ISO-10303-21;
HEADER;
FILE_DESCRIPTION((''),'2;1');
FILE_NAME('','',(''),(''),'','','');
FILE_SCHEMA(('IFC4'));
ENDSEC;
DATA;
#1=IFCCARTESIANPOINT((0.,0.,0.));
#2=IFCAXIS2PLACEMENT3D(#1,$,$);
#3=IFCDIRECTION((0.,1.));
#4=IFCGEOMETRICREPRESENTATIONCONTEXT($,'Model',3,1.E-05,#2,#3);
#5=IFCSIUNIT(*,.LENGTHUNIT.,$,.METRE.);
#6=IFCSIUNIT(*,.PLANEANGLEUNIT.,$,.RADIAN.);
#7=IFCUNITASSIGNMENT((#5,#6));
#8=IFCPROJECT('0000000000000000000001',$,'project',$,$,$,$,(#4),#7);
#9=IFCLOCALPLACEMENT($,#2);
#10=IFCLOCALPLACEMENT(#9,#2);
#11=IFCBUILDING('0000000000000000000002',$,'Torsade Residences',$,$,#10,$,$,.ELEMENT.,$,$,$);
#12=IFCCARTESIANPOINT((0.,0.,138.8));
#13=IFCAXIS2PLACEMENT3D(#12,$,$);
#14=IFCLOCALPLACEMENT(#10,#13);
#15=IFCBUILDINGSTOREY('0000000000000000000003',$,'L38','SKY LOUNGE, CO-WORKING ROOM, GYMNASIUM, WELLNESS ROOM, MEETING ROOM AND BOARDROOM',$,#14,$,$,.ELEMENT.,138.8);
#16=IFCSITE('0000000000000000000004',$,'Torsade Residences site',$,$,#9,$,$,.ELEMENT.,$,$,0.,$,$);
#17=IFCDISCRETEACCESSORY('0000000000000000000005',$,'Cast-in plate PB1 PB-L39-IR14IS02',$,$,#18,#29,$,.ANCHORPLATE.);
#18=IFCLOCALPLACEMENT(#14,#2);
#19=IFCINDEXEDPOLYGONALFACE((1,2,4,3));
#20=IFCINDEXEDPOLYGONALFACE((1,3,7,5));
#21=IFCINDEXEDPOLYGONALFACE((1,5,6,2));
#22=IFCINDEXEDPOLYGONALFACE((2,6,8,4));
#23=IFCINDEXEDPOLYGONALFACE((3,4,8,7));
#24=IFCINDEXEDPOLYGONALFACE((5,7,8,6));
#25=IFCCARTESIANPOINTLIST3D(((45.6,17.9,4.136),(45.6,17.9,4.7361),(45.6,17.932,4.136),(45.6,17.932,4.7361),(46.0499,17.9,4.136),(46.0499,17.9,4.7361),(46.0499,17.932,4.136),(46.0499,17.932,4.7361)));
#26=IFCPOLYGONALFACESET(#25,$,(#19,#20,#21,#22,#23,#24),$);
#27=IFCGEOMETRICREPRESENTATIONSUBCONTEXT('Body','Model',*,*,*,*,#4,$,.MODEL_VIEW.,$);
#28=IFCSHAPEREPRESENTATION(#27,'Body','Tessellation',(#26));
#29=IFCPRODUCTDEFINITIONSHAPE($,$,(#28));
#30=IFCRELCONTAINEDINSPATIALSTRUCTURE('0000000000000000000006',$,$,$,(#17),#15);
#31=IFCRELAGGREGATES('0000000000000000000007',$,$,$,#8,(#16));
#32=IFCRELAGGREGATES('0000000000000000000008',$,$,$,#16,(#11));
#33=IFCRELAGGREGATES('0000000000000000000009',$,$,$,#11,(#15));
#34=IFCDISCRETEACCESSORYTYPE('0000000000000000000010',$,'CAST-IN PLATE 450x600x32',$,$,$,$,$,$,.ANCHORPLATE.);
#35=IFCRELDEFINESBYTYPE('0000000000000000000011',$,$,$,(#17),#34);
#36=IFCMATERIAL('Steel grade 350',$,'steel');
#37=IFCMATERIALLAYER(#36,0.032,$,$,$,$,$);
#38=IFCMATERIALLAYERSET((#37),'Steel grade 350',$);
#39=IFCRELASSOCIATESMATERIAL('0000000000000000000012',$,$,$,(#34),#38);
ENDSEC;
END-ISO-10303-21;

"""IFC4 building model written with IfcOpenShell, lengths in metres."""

from ifc_helpers import new_model, si_unit, direction, frame, origin, origin_2d, place, context, subcontext, project, spatial, rectangle, extrude, material, layer, layer_set, type_object, element, save


model = new_model("IFC4")

# Units and contexts
model_context = context("Model", 3, precision=1e-05, world=origin(), true_north=direction((0.0, 1.0)))
body_context = subcontext(model_context, "Body", "Model", "MODEL_VIEW")
ifc_project = project(units=[si_unit("LENGTHUNIT", "METRE"), si_unit("PLANEANGLEUNIT", "RADIAN")], contexts=[model_context])

# Site, building, storey
site_placement = place(None, origin())
site = spatial("IfcSite", under=ifc_project, at=site_placement, Name="Torsade Residences site", CompositionType="ELEMENT", RefElevation=0.0)
building_placement = place(site_placement, origin())
building = spatial("IfcBuilding", under=site, at=building_placement, Name="Torsade Residences", CompositionType="ELEMENT")
storey_placement = place(building_placement, frame((0.0, 0.0, 138.8)))
storey = spatial("IfcBuildingStorey", under=building, at=storey_placement, Name="L38", Description="SKY LOUNGE, CO-WORKING ROOM, GYMNASIUM, WELLNESS ROOM, MEETING ROOM AND BOARDROOM", CompositionType="ELEMENT", Elevation=138.8)

# Discrete accessory
ifc_material_1 = material(Name="Steel grade 350", Category="steel")
ifc_layer_1 = layer(ifc_material_1, 0.032)
ifc_layer_set_1 = layer_set([ifc_layer_1], Name="Steel grade 350")
discrete_accessory_type = type_object("IfcDiscreteAccessoryType", Name="CAST-IN PLATE 450x600x32", PredefinedType="ANCHORPLATE", material=ifc_layer_set_1)
for number, where, z_axis, x_axis, name in (
    (1, (45.825, 17.916, 4.136), (0.0, 0.0, 1.0), (1.0, 0.0, 0.0), "Cast-in plate PB1 PB-L39-IR14IS02"),
):
    element("IfcDiscreteAccessory", number, at=place(storey_placement, frame(where, z_axis=z_axis, x_axis=x_axis)), inside=storey, type_object=discrete_accessory_type, Name=name, PredefinedType="ANCHORPLATE", context=body_context, shape_type="SweptSolid", body=[
        extrude(rectangle(XDim=0.45, YDim=0.032, at=origin_2d()), origin(), (0.0, 0.0, 1.0), 0.6001),
    ])

save(model, "model.ifc")
